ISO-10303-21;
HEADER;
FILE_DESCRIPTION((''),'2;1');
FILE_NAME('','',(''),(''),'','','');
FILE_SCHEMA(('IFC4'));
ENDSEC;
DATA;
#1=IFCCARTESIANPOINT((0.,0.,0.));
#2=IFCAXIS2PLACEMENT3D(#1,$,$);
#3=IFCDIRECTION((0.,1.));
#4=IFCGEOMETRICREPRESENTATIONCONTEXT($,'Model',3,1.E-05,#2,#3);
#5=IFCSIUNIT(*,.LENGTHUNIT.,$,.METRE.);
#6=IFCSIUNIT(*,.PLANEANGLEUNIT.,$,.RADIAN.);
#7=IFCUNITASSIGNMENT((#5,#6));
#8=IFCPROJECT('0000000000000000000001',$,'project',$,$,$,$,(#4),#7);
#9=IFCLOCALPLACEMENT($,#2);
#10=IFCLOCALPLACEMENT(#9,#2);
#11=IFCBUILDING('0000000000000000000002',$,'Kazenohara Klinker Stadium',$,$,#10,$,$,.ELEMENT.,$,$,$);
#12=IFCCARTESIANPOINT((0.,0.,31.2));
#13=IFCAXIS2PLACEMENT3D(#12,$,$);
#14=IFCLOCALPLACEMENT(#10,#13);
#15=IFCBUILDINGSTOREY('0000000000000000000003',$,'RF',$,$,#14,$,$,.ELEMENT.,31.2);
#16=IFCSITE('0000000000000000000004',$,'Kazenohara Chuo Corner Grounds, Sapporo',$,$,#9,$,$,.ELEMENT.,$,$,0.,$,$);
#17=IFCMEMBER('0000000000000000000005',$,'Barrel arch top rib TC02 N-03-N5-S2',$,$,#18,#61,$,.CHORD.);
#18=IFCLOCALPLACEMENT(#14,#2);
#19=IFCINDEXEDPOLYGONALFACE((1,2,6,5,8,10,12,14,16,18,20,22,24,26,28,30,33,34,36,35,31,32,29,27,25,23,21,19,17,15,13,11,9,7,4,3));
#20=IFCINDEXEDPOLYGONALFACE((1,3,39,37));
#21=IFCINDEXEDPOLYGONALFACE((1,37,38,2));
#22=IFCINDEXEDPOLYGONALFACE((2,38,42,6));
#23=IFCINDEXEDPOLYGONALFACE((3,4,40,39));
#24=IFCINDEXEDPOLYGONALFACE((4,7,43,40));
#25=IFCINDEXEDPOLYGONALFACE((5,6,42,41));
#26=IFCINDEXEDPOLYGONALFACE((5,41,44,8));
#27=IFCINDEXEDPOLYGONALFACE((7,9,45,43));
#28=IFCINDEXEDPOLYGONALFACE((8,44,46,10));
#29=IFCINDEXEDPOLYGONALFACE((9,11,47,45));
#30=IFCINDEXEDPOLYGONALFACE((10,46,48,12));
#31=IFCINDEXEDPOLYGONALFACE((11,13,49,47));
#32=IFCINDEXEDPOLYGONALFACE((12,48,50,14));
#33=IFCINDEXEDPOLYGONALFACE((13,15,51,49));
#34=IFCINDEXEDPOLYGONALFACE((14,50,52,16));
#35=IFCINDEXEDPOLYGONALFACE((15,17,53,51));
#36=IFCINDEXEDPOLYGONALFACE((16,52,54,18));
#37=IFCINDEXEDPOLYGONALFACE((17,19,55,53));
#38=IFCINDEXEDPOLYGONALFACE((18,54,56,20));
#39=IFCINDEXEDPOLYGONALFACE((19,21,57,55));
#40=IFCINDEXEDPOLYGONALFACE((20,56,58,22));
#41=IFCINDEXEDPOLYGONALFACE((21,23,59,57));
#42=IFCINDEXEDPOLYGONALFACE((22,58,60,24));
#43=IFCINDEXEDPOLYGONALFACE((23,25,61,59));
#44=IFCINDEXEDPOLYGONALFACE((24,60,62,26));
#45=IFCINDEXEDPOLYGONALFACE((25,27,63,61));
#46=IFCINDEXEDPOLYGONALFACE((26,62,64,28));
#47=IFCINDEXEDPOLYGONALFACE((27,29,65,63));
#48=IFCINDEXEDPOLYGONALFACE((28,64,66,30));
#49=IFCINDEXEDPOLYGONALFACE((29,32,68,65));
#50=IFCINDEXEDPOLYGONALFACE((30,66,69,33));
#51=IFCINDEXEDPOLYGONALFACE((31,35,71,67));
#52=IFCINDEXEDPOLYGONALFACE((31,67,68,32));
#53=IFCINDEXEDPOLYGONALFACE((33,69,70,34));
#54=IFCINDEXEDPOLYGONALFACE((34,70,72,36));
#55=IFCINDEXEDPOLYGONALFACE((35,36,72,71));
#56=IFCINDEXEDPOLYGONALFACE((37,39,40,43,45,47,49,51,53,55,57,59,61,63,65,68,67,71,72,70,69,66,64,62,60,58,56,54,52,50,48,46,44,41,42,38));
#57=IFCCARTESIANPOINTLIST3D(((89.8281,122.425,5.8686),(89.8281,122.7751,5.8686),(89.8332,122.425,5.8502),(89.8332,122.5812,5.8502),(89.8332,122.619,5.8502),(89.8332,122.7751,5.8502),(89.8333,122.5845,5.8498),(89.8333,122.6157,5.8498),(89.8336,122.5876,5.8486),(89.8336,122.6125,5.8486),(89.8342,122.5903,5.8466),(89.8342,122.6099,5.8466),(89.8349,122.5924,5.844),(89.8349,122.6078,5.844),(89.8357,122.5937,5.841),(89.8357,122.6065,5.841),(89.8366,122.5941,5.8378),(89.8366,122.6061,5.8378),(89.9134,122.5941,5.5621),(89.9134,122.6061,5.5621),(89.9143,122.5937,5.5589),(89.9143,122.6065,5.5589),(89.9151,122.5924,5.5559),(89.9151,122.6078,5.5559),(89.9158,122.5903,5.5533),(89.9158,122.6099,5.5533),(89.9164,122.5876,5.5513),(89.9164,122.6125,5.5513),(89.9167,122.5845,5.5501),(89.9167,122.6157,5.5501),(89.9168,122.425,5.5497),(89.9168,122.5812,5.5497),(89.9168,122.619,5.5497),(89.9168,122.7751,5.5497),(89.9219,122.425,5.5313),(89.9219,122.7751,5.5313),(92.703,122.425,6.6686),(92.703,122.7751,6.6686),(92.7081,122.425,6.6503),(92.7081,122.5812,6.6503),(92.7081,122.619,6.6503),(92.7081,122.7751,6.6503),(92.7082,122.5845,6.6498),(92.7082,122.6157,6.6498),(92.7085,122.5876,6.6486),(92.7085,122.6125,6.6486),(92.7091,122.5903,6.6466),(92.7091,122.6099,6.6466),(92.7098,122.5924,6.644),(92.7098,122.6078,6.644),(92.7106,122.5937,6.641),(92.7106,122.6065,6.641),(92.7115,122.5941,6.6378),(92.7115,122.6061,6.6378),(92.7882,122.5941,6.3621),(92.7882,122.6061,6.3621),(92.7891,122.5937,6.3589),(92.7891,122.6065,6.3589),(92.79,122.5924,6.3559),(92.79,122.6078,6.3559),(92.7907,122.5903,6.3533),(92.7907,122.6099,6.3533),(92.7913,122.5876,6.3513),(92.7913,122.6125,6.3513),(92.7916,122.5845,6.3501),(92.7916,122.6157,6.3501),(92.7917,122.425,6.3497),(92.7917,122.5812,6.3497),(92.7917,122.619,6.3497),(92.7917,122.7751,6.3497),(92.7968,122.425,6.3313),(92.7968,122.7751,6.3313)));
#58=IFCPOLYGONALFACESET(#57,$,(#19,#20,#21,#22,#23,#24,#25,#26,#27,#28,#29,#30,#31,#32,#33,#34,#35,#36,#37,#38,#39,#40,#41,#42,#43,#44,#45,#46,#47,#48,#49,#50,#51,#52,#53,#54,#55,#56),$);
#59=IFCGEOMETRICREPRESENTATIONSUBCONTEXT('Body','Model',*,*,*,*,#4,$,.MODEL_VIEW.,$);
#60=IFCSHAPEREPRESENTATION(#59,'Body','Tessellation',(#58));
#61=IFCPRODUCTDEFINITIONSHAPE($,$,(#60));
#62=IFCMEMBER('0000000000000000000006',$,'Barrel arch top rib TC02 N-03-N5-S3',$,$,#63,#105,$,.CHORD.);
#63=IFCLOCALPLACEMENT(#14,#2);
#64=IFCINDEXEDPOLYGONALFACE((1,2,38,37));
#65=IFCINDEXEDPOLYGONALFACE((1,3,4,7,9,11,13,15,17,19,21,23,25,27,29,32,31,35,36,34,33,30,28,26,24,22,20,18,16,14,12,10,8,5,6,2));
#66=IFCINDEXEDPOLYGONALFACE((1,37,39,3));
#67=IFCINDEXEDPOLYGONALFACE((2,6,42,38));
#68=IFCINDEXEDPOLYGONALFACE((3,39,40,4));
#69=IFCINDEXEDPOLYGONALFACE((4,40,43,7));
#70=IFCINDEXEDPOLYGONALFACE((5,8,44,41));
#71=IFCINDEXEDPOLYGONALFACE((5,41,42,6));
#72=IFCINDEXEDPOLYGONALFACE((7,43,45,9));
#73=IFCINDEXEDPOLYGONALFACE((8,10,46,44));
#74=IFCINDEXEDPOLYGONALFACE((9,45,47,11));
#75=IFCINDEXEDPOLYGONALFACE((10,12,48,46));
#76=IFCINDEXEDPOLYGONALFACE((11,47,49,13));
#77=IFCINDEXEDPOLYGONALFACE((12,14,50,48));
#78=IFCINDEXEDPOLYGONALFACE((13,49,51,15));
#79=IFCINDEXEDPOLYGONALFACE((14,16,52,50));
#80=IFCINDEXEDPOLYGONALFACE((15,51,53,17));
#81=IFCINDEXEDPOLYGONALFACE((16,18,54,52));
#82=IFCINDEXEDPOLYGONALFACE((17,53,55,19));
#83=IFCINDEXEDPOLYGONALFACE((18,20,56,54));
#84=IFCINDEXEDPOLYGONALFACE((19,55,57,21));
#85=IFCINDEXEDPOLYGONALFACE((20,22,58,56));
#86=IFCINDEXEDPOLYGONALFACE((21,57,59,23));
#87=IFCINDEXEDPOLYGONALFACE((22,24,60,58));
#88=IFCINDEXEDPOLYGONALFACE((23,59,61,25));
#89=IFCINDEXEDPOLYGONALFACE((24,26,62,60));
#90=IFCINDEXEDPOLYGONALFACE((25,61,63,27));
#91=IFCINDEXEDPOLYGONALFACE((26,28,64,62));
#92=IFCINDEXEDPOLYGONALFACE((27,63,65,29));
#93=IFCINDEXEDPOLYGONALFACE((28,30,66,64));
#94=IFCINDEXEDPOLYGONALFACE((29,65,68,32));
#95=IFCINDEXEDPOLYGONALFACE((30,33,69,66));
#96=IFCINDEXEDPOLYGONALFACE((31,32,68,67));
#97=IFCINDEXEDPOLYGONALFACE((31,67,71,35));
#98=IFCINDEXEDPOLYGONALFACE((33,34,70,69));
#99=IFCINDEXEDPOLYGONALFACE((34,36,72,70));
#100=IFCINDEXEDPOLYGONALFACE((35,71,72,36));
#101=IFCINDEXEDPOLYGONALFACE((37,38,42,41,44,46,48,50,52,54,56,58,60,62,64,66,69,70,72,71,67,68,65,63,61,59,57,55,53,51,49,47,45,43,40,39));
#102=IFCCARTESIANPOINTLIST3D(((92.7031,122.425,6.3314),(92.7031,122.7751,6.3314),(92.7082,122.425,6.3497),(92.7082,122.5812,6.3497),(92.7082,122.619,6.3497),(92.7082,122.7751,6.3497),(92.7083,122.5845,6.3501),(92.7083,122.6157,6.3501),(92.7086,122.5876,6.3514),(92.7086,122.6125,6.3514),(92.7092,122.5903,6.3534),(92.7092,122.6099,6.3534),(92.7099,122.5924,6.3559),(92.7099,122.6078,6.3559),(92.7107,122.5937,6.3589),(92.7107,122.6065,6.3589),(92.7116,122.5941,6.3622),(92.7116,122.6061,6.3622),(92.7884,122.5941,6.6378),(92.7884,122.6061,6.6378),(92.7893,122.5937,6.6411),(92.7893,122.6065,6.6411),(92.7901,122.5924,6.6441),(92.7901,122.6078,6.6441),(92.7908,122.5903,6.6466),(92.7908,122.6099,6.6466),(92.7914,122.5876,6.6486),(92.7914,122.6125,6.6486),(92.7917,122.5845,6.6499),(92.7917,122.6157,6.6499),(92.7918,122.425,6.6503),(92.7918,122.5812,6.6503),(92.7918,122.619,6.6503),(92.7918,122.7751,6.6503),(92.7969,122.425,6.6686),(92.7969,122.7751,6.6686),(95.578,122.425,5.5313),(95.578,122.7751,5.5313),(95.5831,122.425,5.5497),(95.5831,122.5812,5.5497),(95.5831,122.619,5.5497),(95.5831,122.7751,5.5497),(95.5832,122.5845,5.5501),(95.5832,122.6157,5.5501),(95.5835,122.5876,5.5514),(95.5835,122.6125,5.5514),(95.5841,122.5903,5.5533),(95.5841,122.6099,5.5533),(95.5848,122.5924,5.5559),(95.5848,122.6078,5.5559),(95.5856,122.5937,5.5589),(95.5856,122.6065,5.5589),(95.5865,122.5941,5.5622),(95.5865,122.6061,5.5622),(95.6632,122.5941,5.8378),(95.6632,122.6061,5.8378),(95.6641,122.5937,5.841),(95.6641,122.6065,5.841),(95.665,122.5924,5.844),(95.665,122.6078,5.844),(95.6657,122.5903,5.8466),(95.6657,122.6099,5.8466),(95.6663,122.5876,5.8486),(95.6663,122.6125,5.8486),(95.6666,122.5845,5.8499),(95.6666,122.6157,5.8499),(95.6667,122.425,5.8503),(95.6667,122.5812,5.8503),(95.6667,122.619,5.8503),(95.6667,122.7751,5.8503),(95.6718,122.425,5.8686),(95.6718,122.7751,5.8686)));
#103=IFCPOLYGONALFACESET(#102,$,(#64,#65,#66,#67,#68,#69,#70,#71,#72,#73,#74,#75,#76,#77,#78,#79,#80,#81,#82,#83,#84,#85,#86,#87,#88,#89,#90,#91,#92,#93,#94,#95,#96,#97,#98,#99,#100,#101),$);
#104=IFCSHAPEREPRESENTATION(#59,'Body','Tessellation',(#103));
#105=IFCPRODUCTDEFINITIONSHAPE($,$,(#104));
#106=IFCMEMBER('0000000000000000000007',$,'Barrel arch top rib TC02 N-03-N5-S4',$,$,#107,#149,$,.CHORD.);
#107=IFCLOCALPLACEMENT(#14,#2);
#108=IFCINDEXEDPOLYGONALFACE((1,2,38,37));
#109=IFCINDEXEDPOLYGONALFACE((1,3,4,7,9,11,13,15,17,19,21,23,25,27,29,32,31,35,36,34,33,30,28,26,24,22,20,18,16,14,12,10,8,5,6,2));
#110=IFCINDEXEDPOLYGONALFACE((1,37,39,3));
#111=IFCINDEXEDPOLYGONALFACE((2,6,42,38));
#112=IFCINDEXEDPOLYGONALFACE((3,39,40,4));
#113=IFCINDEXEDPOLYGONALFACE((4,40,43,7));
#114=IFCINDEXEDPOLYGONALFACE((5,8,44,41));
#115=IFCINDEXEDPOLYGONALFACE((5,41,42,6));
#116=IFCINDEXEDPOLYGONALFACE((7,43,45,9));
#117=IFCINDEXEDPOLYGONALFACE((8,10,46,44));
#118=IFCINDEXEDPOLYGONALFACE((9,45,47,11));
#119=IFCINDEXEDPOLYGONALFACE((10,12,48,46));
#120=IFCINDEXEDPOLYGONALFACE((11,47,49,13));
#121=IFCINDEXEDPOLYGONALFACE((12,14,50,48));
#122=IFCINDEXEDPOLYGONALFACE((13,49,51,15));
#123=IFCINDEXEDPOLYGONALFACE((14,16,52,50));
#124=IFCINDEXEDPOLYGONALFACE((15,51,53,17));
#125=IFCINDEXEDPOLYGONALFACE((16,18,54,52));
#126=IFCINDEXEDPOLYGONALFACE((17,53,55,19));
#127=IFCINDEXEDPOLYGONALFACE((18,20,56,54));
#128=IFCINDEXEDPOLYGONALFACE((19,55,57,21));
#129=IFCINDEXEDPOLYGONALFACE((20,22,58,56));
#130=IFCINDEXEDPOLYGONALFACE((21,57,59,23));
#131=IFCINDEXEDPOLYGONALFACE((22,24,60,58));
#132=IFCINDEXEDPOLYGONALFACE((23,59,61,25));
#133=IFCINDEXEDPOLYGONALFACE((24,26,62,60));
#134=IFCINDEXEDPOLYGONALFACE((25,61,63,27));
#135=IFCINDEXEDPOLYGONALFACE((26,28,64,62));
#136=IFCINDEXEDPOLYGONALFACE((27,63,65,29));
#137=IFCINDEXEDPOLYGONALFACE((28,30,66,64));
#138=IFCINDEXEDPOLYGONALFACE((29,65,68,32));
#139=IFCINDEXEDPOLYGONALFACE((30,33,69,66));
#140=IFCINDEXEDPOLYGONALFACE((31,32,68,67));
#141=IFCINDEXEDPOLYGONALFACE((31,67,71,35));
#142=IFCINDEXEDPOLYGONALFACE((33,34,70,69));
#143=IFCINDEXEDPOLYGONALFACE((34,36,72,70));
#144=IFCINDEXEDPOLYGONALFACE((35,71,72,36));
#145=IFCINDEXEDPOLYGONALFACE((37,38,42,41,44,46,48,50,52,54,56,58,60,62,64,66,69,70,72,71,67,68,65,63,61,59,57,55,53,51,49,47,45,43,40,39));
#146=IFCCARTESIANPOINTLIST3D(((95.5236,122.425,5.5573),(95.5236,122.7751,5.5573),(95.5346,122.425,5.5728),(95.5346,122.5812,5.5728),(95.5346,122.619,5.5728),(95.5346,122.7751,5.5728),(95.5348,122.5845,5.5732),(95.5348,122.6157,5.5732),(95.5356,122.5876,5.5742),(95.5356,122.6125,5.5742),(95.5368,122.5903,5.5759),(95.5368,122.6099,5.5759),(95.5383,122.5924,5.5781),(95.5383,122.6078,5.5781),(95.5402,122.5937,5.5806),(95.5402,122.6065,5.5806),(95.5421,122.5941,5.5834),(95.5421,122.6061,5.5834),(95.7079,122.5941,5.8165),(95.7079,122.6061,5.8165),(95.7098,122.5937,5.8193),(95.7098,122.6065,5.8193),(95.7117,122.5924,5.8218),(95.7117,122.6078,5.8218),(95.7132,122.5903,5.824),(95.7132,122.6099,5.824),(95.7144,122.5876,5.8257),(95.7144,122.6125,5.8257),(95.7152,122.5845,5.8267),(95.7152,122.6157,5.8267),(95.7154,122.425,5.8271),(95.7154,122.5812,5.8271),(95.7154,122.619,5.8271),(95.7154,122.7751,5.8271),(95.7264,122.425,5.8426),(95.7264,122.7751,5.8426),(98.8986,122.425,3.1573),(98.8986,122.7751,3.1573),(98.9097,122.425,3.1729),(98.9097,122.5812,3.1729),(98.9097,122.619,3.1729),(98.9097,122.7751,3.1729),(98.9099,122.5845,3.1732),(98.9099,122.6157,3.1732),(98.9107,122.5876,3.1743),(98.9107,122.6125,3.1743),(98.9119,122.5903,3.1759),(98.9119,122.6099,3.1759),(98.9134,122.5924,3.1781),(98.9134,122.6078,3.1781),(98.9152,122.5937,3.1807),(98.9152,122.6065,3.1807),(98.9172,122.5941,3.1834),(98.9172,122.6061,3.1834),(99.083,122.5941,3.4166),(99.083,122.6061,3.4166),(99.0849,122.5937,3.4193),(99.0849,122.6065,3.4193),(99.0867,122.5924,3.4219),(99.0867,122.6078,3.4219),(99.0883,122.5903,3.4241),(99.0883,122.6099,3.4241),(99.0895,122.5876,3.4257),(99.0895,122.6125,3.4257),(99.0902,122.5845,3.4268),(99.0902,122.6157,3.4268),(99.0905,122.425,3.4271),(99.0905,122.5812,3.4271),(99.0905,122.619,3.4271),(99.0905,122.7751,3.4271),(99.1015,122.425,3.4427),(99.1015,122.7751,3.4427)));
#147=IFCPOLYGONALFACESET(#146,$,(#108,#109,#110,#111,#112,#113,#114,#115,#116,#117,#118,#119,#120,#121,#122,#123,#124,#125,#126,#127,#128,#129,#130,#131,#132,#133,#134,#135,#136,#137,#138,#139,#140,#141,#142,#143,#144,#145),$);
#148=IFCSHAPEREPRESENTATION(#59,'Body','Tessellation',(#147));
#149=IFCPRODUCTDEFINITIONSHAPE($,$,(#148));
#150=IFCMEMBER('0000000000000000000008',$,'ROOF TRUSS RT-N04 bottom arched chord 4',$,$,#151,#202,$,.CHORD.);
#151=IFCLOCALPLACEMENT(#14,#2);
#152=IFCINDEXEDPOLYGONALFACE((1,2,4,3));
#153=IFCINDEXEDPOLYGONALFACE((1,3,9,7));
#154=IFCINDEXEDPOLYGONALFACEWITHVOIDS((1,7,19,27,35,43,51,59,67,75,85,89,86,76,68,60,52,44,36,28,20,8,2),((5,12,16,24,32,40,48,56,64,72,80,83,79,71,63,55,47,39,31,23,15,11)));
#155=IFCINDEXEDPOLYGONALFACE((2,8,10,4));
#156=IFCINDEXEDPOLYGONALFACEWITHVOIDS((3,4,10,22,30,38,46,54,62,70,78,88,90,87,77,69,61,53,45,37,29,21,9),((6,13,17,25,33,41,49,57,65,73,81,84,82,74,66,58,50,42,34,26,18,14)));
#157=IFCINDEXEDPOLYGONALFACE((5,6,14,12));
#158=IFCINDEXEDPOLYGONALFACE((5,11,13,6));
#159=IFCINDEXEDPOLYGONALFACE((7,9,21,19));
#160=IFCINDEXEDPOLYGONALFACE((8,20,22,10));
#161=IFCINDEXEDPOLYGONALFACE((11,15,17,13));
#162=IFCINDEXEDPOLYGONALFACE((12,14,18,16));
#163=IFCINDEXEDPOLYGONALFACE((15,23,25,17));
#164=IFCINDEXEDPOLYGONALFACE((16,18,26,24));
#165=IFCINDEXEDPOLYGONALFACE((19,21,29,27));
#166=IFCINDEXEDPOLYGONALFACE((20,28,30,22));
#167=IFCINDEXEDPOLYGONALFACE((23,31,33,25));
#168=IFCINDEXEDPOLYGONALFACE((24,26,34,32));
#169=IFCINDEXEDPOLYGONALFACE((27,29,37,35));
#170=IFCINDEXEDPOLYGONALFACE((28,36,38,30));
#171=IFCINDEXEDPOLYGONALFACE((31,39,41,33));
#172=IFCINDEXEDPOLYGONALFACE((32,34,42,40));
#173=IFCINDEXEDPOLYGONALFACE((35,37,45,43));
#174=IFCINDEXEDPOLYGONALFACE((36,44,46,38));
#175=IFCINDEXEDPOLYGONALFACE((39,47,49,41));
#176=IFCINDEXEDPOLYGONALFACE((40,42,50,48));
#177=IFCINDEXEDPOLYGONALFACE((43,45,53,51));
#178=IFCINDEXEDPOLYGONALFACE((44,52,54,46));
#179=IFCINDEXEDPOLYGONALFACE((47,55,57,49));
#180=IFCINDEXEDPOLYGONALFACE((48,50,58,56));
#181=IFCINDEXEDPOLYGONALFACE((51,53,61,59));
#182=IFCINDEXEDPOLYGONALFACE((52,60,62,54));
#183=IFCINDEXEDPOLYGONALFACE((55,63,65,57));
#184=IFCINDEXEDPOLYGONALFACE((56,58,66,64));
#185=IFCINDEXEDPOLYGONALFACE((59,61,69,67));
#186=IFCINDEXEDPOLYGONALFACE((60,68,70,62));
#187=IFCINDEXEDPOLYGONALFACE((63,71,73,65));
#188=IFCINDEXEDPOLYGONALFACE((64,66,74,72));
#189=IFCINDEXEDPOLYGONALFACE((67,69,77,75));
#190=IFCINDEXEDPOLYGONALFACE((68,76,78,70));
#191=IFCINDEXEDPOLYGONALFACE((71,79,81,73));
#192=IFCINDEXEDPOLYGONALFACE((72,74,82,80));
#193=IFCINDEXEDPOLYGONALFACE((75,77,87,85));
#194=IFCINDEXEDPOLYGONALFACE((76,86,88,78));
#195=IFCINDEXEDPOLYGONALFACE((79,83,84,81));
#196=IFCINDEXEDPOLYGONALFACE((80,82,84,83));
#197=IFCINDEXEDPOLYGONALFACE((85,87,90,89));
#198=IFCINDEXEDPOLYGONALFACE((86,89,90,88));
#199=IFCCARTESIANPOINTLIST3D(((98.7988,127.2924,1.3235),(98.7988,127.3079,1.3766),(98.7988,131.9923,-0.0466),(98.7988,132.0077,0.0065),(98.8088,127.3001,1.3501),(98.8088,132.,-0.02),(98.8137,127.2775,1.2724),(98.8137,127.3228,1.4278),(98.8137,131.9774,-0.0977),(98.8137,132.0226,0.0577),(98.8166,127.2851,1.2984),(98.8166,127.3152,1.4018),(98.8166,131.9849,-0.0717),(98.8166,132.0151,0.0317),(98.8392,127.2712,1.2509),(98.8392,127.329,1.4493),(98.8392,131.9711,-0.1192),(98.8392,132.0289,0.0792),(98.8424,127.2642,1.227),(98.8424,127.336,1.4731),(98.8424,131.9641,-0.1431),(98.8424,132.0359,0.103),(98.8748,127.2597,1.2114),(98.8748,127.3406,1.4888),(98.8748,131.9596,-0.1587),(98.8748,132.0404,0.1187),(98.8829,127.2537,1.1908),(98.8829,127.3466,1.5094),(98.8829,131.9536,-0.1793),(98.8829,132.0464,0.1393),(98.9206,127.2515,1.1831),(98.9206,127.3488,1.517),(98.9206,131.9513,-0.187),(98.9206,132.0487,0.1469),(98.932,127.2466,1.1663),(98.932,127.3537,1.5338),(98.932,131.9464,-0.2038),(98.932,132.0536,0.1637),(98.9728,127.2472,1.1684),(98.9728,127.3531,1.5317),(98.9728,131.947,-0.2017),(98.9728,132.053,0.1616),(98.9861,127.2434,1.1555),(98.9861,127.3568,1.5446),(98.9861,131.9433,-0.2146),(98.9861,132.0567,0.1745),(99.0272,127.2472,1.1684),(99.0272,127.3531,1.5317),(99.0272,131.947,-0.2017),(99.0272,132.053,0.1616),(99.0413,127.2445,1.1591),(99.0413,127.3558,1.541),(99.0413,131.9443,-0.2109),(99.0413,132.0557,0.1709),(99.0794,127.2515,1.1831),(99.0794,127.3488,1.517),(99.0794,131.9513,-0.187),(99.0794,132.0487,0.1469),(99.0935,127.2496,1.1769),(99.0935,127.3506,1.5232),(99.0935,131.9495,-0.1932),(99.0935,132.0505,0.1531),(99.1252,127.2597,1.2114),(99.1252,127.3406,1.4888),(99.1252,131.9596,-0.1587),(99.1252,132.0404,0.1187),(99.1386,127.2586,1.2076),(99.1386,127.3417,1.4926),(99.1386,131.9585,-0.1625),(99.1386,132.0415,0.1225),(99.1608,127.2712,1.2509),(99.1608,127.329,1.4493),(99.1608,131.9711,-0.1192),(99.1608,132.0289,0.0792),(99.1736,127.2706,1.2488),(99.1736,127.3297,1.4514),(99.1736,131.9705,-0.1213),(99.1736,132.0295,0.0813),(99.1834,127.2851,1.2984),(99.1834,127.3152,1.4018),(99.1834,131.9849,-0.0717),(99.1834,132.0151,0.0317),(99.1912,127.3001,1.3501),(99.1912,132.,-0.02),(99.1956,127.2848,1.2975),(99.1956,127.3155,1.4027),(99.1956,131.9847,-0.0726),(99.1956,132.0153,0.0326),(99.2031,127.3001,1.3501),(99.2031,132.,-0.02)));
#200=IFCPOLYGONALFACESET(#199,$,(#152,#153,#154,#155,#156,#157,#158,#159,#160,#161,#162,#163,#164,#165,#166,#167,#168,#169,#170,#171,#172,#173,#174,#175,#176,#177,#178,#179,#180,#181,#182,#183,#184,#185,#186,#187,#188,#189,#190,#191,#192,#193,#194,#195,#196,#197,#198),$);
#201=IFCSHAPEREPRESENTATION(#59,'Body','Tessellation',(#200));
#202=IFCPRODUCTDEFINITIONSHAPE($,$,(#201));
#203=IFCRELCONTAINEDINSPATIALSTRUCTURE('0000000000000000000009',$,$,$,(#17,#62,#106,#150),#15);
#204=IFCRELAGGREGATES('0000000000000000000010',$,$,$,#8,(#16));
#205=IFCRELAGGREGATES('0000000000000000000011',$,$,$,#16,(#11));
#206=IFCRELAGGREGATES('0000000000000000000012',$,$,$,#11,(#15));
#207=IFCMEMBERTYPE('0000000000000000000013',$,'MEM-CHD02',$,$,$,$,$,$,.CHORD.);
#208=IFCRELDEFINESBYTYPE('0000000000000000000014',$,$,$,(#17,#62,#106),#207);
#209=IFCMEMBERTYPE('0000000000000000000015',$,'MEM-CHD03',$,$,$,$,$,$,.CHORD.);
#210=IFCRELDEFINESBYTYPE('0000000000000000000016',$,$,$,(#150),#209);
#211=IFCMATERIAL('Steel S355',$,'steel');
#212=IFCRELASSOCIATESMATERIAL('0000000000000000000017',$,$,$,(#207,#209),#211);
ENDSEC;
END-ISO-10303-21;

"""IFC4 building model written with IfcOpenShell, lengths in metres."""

from ifc_helpers import new_model, si_unit, direction, frame, origin, origin_2d, place, context, subcontext, project, spatial, hollow_circle, i_section, extrude, material, material_profile, profile_set, type_object, element, save


model = new_model("IFC4")

# Units and contexts
model_context = context("Model", 3, precision=1e-05, world=origin(), true_north=direction((0.0, 1.0)))
body_context = subcontext(model_context, "Body", "Model", "MODEL_VIEW")
ifc_project = project(units=[si_unit("LENGTHUNIT", "METRE"), si_unit("PLANEANGLEUNIT", "RADIAN")], contexts=[model_context])

# Site, building, storey
site_placement = place(None, origin())
site = spatial("IfcSite", under=ifc_project, at=site_placement, Name="Kazenohara Chuo Corner Grounds, Sapporo", CompositionType="ELEMENT", RefElevation=0.0)
building_placement = place(site_placement, origin())
building = spatial("IfcBuilding", under=site, at=building_placement, Name="Kazenohara Klinker Stadium", CompositionType="ELEMENT")
storey_placement = place(building_placement, frame((0.0, 0.0, 31.2)))
storey = spatial("IfcBuildingStorey", under=building, at=storey_placement, Name="RF", CompositionType="ELEMENT", Elevation=31.2)

# Members
ifc_material_1 = material(Name="Steel S355", Category="steel")
ifc_material_profile_1 = material_profile(ifc_material_1, i_section(OverallWidth=0.3501, OverallDepth=0.3501, WebThickness=0.012, FlangeThickness=0.019, FilletRadius=0.0129, at=origin_2d()), Name="H-350x350x12x19")
ifc_profile_set_1 = profile_set([ifc_material_profile_1], Name="Steel S355")
member_type_1 = type_object("IfcMemberType", Name="MEM-CHD02", PredefinedType="CHORD", material=ifc_profile_set_1)
for number, where, z_axis, x_axis, name in (
    (1, (89.875, 122.6001, 5.7), (0.963394, 0.0, 0.268091), (0.0, 1.0, 0.0), "Barrel arch top rib TC02 N-03-N5-S2"),
    (2, (92.75, 122.6001, 6.5), (0.963394, 0.0, -0.268091), (0.0, 1.0, 0.0), "Barrel arch top rib TC02 N-03-N5-S3"),
):
    element("IfcMember", number, at=place(storey_placement, frame(where, z_axis=z_axis, x_axis=x_axis)), inside=storey, type_object=member_type_1, Name=name, PredefinedType="CHORD", context=body_context, shape_type="SweptSolid", body=[
        extrude(i_section(OverallWidth=0.3501, OverallDepth=0.3501, WebThickness=0.012, FlangeThickness=0.019, FilletRadius=0.0129, at=origin_2d()), origin(), (0.0, 0.0, 1.0), 2.9841),
    ])
member_1_placement = place(storey_placement, frame((95.625, 122.6001, 5.7), z_axis=(0.814966, 0.0, -0.579508), x_axis=(0.0, 1.0, 0.0)))
element("IfcMember", 3, at=member_1_placement, inside=storey, type_object=member_type_1, Name="Barrel arch top rib TC02 N-03-N5-S4", PredefinedType="CHORD", context=body_context, shape_type="SweptSolid", body=[
    extrude(i_section(OverallWidth=0.3501, OverallDepth=0.3501, WebThickness=0.012, FlangeThickness=0.019, FilletRadius=0.0129, at=origin_2d()), origin(), (0.0, 0.0, 1.0), 4.1414),
])
ifc_material_profile_2 = material_profile(ifc_material_1, hollow_circle(Radius=0.2031, WallThickness=0.012, at=origin_2d()), Name="CHS-406.4x12")
ifc_profile_set_2 = profile_set([ifc_material_profile_2], Name="Steel S355")
member_type_2 = type_object("IfcMemberType", Name="MEM-CHD03", PredefinedType="CHORD", material=ifc_profile_set_2)
member_2_placement = place(storey_placement, frame((99.0, 132.0, -0.02), z_axis=(0.0, -0.960039, 0.279868), x_axis=(1.0, 0.0, 0.0)))
element("IfcMember", 4, at=member_2_placement, inside=storey, type_object=member_type_2, Name="ROOF TRUSS RT-N04 bottom arched chord 4", PredefinedType="CHORD", context=body_context, shape_type="SweptSolid", body=[
    extrude(hollow_circle(Radius=0.2031, WallThickness=0.012, at=origin_2d()), origin(), (0.0, 0.0, 1.0), 4.8955),
])

save(model, "model.ifc")
